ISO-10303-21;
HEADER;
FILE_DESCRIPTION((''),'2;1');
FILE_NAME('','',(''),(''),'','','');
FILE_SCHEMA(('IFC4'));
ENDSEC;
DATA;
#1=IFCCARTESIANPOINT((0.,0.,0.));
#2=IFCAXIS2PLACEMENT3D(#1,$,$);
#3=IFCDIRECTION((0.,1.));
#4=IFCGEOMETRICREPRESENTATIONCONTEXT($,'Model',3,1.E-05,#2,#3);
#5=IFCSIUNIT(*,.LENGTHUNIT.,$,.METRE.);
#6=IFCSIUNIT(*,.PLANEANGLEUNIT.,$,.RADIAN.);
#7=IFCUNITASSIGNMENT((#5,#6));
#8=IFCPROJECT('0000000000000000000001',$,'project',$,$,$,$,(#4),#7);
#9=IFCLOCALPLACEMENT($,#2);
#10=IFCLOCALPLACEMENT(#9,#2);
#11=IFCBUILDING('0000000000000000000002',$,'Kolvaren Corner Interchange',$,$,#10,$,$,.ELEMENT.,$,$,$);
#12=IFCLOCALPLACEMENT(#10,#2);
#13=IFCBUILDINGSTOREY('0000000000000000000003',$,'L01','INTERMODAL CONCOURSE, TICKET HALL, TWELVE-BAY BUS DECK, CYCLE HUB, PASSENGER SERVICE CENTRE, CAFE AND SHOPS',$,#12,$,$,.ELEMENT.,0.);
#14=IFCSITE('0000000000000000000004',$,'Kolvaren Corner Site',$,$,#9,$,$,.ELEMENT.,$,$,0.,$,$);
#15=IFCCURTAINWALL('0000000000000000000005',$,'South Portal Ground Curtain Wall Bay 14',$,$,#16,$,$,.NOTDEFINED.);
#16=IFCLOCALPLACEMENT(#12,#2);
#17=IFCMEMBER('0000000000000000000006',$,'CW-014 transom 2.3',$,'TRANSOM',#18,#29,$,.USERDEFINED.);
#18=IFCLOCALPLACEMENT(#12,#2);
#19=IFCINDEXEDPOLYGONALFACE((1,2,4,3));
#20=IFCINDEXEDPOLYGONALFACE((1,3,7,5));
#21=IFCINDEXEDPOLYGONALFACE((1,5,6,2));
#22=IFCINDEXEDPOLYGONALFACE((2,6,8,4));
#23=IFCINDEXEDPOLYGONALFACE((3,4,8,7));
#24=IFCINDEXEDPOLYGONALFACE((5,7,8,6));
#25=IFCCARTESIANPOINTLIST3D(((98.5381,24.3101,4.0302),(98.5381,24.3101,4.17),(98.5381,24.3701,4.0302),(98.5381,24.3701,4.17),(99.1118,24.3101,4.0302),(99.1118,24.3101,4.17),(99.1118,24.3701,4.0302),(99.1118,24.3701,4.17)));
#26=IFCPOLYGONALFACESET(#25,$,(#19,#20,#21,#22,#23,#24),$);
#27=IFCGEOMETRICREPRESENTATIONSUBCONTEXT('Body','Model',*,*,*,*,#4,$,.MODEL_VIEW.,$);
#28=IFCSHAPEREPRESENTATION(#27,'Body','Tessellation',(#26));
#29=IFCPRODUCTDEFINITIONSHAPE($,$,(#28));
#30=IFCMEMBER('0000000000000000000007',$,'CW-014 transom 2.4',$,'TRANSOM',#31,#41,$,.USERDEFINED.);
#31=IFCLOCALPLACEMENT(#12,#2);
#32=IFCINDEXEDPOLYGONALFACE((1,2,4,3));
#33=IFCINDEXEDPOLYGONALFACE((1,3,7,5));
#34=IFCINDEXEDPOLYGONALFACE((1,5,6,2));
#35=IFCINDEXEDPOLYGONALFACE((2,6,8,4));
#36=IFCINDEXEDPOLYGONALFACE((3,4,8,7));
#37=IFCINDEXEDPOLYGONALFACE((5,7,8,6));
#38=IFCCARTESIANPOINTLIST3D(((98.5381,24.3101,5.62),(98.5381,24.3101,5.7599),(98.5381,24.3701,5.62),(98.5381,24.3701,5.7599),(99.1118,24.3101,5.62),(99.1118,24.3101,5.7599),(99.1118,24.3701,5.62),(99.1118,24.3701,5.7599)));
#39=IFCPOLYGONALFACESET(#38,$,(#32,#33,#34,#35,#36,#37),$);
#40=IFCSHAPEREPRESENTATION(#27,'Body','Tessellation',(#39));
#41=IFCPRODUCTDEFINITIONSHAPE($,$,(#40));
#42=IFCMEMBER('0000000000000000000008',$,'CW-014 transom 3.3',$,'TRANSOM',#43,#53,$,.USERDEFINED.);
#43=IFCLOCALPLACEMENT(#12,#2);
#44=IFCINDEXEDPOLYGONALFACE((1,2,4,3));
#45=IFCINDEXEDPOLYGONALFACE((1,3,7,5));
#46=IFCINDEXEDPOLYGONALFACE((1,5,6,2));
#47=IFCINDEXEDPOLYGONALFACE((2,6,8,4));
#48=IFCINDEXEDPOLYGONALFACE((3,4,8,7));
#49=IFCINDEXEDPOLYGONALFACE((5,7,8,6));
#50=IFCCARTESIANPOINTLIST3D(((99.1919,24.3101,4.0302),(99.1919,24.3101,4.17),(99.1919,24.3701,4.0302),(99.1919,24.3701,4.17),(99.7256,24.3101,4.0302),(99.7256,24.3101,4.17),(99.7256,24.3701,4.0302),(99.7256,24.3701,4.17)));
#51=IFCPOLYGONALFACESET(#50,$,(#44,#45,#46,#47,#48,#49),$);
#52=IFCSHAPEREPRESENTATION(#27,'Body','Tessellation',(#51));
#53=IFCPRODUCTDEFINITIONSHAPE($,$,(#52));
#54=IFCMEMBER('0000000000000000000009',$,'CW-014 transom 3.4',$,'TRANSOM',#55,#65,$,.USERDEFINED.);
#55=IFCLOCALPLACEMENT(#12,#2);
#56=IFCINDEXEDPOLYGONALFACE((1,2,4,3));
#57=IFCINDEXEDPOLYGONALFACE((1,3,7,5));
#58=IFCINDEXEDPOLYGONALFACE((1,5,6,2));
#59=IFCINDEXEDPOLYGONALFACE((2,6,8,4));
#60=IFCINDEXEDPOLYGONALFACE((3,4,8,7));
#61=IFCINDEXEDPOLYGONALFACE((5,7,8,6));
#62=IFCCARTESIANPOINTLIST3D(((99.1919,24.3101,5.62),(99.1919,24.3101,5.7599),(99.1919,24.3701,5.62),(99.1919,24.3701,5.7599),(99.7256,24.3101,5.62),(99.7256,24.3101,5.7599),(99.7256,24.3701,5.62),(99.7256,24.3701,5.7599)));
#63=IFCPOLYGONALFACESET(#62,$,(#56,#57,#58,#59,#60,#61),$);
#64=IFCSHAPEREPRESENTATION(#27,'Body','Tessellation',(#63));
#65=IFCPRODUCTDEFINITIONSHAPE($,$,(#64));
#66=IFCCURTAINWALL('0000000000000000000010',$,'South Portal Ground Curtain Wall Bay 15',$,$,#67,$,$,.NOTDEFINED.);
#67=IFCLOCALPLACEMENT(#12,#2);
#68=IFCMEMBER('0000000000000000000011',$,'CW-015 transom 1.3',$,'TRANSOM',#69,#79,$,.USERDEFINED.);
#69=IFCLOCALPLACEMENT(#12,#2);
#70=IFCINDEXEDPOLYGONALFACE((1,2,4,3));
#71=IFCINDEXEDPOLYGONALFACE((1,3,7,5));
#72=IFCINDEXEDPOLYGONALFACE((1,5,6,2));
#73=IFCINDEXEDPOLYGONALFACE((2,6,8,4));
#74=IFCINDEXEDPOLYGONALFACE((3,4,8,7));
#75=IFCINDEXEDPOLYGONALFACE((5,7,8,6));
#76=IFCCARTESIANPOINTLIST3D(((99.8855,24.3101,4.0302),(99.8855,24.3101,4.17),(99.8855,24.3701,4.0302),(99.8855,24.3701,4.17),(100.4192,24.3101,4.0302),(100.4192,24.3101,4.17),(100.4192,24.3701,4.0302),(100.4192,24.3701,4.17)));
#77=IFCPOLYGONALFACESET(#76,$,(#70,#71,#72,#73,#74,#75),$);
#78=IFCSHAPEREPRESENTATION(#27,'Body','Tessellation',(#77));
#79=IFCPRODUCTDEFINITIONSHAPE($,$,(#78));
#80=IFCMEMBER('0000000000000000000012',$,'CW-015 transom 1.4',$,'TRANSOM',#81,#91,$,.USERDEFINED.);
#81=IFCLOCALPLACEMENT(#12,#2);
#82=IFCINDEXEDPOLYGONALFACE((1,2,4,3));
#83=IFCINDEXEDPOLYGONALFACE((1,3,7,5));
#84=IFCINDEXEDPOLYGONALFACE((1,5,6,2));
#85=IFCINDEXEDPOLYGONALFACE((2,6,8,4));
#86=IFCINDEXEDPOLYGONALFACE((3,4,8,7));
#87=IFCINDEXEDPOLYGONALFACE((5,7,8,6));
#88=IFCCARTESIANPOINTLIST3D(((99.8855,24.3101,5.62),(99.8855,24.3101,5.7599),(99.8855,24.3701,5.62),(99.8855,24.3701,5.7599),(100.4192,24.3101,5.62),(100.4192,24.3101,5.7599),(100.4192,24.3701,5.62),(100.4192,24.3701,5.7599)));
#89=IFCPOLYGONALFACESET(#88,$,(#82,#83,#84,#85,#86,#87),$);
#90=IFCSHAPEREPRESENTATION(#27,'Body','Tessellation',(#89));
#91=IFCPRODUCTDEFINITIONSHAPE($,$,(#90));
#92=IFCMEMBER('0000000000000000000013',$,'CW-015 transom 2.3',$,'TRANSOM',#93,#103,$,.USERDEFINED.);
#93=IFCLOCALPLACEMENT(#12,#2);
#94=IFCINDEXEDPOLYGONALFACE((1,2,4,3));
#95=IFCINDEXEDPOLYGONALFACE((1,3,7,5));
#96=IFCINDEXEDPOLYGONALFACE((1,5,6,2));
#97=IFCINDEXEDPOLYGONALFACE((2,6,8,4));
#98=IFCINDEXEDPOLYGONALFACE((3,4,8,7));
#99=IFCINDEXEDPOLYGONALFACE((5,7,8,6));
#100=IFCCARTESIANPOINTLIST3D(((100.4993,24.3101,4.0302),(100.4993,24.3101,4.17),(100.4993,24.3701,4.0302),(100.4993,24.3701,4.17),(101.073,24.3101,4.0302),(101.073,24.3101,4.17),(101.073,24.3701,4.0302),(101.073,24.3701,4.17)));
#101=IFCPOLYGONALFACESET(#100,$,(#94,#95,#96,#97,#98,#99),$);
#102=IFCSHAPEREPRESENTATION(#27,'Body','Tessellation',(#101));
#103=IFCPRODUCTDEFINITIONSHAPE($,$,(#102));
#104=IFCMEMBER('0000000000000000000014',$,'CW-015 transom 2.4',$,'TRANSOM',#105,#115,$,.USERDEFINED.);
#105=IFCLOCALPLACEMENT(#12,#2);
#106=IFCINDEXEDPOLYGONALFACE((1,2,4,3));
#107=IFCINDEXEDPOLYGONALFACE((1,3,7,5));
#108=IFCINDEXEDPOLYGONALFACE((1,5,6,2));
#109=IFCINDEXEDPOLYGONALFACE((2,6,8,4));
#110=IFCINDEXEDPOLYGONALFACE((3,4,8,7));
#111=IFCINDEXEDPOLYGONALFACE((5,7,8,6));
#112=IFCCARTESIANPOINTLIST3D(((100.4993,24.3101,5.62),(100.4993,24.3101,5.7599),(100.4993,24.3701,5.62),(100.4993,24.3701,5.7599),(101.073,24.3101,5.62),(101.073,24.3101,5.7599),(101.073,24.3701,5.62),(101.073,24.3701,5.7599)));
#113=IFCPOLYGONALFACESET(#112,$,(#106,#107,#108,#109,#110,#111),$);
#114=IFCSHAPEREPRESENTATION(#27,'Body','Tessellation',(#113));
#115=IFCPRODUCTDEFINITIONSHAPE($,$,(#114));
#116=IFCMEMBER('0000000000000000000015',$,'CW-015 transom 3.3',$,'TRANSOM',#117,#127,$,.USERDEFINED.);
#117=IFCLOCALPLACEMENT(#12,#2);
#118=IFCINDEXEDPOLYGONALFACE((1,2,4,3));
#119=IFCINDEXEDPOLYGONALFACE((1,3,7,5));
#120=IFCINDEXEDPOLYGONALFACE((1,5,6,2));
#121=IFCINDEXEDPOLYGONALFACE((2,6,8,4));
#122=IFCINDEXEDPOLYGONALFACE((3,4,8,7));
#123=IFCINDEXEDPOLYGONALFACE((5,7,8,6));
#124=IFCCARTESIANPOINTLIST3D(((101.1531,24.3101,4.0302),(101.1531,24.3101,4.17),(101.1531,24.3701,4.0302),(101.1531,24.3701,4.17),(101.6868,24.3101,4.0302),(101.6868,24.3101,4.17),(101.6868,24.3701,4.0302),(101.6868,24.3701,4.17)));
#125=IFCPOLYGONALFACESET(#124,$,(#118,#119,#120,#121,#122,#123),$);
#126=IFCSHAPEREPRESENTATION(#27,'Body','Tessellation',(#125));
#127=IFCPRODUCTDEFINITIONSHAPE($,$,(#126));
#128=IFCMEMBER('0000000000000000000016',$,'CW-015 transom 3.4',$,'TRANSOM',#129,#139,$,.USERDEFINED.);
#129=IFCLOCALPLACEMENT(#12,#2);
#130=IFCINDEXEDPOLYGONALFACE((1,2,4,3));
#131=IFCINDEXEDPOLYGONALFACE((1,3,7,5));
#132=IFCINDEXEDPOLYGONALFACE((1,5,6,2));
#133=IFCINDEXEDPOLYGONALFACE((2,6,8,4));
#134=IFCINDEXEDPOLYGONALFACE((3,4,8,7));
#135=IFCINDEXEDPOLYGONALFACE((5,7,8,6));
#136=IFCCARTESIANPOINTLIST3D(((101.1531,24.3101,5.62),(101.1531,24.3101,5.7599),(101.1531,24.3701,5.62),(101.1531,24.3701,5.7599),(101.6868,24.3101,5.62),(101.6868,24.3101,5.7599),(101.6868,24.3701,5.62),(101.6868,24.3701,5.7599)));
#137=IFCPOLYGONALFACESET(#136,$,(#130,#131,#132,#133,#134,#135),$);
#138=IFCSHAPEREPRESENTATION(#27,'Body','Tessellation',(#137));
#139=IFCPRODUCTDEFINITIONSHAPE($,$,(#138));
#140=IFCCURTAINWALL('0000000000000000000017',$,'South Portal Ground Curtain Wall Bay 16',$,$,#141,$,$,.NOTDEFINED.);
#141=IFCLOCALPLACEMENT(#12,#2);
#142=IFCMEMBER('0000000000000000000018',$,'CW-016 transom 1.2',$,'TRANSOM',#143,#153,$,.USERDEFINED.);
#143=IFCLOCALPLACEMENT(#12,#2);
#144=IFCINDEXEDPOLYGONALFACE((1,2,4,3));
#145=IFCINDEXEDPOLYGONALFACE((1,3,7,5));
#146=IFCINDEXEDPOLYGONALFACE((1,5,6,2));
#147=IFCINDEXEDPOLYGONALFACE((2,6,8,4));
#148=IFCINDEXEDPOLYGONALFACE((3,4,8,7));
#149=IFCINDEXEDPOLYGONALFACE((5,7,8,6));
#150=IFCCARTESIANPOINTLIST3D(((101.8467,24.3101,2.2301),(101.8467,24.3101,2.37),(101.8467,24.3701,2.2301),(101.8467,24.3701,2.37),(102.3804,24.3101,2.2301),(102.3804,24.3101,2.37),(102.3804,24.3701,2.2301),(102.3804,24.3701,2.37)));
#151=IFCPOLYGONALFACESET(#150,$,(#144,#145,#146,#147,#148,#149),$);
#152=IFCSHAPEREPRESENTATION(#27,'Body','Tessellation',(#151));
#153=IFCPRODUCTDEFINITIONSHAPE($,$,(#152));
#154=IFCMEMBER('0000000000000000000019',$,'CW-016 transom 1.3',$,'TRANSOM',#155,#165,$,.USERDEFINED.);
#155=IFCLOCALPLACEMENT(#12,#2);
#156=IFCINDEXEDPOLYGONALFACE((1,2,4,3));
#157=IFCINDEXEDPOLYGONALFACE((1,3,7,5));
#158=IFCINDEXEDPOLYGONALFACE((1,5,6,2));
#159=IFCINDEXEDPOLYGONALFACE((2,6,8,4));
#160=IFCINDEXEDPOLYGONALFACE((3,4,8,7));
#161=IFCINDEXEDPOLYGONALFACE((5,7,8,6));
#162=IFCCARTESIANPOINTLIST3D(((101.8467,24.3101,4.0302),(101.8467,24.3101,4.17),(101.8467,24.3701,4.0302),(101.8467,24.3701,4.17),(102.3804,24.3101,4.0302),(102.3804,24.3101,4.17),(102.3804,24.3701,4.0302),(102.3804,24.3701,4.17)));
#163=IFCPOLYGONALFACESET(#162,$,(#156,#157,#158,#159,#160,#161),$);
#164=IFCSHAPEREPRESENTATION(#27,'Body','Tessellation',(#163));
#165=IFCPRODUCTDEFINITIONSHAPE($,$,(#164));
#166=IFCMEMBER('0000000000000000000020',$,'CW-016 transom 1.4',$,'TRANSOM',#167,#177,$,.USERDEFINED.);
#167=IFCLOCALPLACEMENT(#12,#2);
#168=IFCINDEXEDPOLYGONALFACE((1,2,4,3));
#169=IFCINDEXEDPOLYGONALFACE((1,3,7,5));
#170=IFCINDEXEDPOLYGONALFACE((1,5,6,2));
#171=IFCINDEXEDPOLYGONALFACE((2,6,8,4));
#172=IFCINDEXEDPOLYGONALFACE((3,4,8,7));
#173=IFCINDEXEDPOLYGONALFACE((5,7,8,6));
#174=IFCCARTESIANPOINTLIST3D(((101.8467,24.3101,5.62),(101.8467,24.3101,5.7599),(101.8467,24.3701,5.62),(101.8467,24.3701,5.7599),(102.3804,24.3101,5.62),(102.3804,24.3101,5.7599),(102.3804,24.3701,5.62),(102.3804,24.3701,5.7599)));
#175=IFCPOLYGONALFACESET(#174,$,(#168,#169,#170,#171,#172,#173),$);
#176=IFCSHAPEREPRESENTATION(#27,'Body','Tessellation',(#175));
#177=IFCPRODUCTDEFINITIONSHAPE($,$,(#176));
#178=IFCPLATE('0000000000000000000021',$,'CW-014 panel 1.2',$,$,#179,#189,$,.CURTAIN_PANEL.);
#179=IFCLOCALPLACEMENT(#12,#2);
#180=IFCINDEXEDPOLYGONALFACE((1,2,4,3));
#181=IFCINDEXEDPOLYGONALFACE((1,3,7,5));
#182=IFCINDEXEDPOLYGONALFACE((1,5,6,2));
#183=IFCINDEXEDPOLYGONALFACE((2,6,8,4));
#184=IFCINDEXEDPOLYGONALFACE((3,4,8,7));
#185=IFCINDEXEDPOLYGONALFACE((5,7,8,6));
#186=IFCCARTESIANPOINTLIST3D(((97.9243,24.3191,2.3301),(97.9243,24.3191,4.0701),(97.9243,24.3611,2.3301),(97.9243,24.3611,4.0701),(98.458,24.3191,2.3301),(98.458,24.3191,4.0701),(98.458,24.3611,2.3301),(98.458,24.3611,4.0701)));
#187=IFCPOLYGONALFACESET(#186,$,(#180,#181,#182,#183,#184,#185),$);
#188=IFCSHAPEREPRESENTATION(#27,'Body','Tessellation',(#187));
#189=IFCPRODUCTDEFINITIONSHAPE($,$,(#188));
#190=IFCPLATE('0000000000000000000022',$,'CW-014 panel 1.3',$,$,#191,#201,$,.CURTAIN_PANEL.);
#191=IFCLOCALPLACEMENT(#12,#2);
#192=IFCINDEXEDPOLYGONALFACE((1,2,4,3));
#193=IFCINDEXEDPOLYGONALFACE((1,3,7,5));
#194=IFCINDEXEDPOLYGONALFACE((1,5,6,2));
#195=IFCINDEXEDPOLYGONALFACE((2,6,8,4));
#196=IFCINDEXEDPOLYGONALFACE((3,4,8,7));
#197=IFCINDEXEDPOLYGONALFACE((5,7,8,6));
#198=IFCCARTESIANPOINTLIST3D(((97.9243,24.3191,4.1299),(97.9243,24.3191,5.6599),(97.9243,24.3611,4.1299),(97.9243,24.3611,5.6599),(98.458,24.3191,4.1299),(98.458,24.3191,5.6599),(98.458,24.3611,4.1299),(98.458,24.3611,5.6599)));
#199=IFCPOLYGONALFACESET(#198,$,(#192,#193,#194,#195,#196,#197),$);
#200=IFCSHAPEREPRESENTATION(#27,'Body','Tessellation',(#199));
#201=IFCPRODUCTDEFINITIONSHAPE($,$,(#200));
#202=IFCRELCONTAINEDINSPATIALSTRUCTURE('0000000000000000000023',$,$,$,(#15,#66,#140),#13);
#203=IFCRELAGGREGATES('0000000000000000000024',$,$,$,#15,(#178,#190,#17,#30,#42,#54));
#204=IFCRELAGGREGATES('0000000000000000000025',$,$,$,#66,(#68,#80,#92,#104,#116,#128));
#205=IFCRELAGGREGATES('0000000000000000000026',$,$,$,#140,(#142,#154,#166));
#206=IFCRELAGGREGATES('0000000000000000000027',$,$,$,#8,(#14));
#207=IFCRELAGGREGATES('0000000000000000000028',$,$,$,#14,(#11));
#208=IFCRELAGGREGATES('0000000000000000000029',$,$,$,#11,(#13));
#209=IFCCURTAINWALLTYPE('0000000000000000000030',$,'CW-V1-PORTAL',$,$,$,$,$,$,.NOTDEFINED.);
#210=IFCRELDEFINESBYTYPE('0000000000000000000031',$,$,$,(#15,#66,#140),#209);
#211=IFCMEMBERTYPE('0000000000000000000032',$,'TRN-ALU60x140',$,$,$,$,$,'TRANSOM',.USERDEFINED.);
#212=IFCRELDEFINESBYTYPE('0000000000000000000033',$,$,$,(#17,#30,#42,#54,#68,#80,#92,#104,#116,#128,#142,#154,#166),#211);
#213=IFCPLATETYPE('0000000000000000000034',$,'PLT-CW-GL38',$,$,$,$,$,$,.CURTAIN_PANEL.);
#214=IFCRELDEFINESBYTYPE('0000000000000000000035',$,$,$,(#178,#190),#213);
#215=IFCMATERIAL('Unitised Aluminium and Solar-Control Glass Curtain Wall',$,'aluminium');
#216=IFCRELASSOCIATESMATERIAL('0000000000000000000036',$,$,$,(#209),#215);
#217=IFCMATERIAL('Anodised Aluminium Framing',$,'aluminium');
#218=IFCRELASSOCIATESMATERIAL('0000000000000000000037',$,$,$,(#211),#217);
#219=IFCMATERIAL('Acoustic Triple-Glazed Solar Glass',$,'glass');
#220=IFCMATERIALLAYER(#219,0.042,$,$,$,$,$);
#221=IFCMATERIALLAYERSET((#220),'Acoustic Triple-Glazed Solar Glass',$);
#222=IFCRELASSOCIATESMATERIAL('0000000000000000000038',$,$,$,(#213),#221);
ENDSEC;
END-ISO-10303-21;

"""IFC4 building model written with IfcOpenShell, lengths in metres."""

from ifc_helpers import new_model, si_unit, direction, frame, origin, origin_2d, place, context, subcontext, project, spatial, rectangle, extrude, material, layer, layer_set, material_profile, profile_set, type_object, element, aggregate, save


model = new_model("IFC4")

# Units and contexts
model_context = context("Model", 3, precision=1e-05, world=origin(), true_north=direction((0.0, 1.0)))
body_context = subcontext(model_context, "Body", "Model", "MODEL_VIEW")
ifc_project = project(units=[si_unit("LENGTHUNIT", "METRE"), si_unit("PLANEANGLEUNIT", "RADIAN")], contexts=[model_context])

# Site, building, storey
site_placement = place(None, origin())
site = spatial("IfcSite", under=ifc_project, at=site_placement, Name="Kolvaren Corner Site", CompositionType="ELEMENT", RefElevation=0.0)
building_placement = place(site_placement, origin())
building = spatial("IfcBuilding", under=site, at=building_placement, Name="Kolvaren Corner Interchange", CompositionType="ELEMENT")
storey_placement = place(building_placement, origin())
storey = spatial("IfcBuildingStorey", under=building, at=storey_placement, Name="L01", Description="INTERMODAL CONCOURSE, TICKET HALL, TWELVE-BAY BUS DECK, CYCLE HUB, PASSENGER SERVICE CENTRE, CAFE AND SHOPS", CompositionType="ELEMENT", Elevation=0.0)

# Curtain walls, members
ifc_material_1 = material(Name="Unitised Aluminium and Solar-Control Glass Curtain Wall", Category="aluminium")
curtain_wall_type = type_object("IfcCurtainWallType", Name="CW-V1-PORTAL", PredefinedType="NOTDEFINED", material=ifc_material_1)
curtain_wall_1_placement = place(storey_placement, origin())
curtain_wall_1 = element("IfcCurtainWall", 1, at=curtain_wall_1_placement, inside=storey, type_object=curtain_wall_type, Name="South Portal Ground Curtain Wall Bay 14", PredefinedType="NOTDEFINED")
ifc_material_2 = material(Name="Anodised Aluminium Framing", Category="aluminium")
ifc_material_profile = material_profile(ifc_material_2, rectangle(XDim=0.0601, YDim=0.1399, at=origin_2d()), Name="ALU 60x140")
ifc_profile_set = profile_set([ifc_material_profile], Name="Anodised Aluminium Framing")
member_type = type_object("IfcMemberType", Name="TRN-ALU60x140", ElementType="TRANSOM", PredefinedType="USERDEFINED", material=ifc_profile_set)
member_1_placement = place(storey_placement, frame((98.5381, 24.3401, 4.1001), z_axis=(1.0, 0.0, 0.0), x_axis=(0.0, 1.0, 0.0)))
member_1 = element("IfcMember", 2, at=member_1_placement, type_object=member_type, Name="CW-014 transom 2.3", ObjectType="TRANSOM", PredefinedType="USERDEFINED", context=body_context, shape_type="SweptSolid", body=[
    extrude(rectangle(XDim=0.0601, YDim=0.1399, at=origin_2d()), origin(), (0.0, 0.0, 1.0), 0.5737),
])
member_2_placement = place(storey_placement, frame((98.5381, 24.3401, 5.6899), z_axis=(1.0, 0.0, 0.0), x_axis=(0.0, 1.0, 0.0)))
member_2 = element("IfcMember", 3, at=member_2_placement, type_object=member_type, Name="CW-014 transom 2.4", ObjectType="TRANSOM", PredefinedType="USERDEFINED", context=body_context, shape_type="SweptSolid", body=[
    extrude(rectangle(XDim=0.0601, YDim=0.1399, at=origin_2d()), origin(), (0.0, 0.0, 1.0), 0.5737),
])
member_3_placement = place(storey_placement, frame((99.1919, 24.3401, 4.1001), z_axis=(1.0, 0.0, 0.0), x_axis=(0.0, 1.0, 0.0)))
member_3 = element("IfcMember", 4, at=member_3_placement, type_object=member_type, Name="CW-014 transom 3.3", ObjectType="TRANSOM", PredefinedType="USERDEFINED", context=body_context, shape_type="SweptSolid", body=[
    extrude(rectangle(XDim=0.0601, YDim=0.1399, at=origin_2d()), origin(), (0.0, 0.0, 1.0), 0.5337),
])
member_4_placement = place(storey_placement, frame((99.1919, 24.3401, 5.6899), z_axis=(1.0, 0.0, 0.0), x_axis=(0.0, 1.0, 0.0)))
member_4 = element("IfcMember", 5, at=member_4_placement, type_object=member_type, Name="CW-014 transom 3.4", ObjectType="TRANSOM", PredefinedType="USERDEFINED", context=body_context, shape_type="SweptSolid", body=[
    extrude(rectangle(XDim=0.0601, YDim=0.1399, at=origin_2d()), origin(), (0.0, 0.0, 1.0), 0.5337),
])
curtain_wall_2_placement = place(storey_placement, origin())
curtain_wall_2 = element("IfcCurtainWall", 6, at=curtain_wall_2_placement, inside=storey, type_object=curtain_wall_type, Name="South Portal Ground Curtain Wall Bay 15", PredefinedType="NOTDEFINED")
member_5_placement = place(storey_placement, frame((99.8855, 24.3401, 4.1001), z_axis=(1.0, 0.0, 0.0), x_axis=(0.0, 1.0, 0.0)))
member_5 = element("IfcMember", 7, at=member_5_placement, type_object=member_type, Name="CW-015 transom 1.3", ObjectType="TRANSOM", PredefinedType="USERDEFINED", context=body_context, shape_type="SweptSolid", body=[
    extrude(rectangle(XDim=0.0601, YDim=0.1399, at=origin_2d()), origin(), (0.0, 0.0, 1.0), 0.5337),
])
member_6_placement = place(storey_placement, frame((99.8855, 24.3401, 5.6899), z_axis=(1.0, 0.0, 0.0), x_axis=(0.0, 1.0, 0.0)))
member_6 = element("IfcMember", 8, at=member_6_placement, type_object=member_type, Name="CW-015 transom 1.4", ObjectType="TRANSOM", PredefinedType="USERDEFINED", context=body_context, shape_type="SweptSolid", body=[
    extrude(rectangle(XDim=0.0601, YDim=0.1399, at=origin_2d()), origin(), (0.0, 0.0, 1.0), 0.5337),
])
member_7_placement = place(storey_placement, frame((100.4993, 24.3401, 4.1001), z_axis=(1.0, 0.0, 0.0), x_axis=(0.0, 1.0, 0.0)))
member_7 = element("IfcMember", 9, at=member_7_placement, type_object=member_type, Name="CW-015 transom 2.3", ObjectType="TRANSOM", PredefinedType="USERDEFINED", context=body_context, shape_type="SweptSolid", body=[
    extrude(rectangle(XDim=0.0601, YDim=0.1399, at=origin_2d()), origin(), (0.0, 0.0, 1.0), 0.5737),
])
member_8_placement = place(storey_placement, frame((100.4993, 24.3401, 5.6899), z_axis=(1.0, 0.0, 0.0), x_axis=(0.0, 1.0, 0.0)))
member_8 = element("IfcMember", 10, at=member_8_placement, type_object=member_type, Name="CW-015 transom 2.4", ObjectType="TRANSOM", PredefinedType="USERDEFINED", context=body_context, shape_type="SweptSolid", body=[
    extrude(rectangle(XDim=0.0601, YDim=0.1399, at=origin_2d()), origin(), (0.0, 0.0, 1.0), 0.5737),
])
member_9_placement = place(storey_placement, frame((101.1531, 24.3401, 4.1001), z_axis=(1.0, 0.0, 0.0), x_axis=(0.0, 1.0, 0.0)))
member_9 = element("IfcMember", 11, at=member_9_placement, type_object=member_type, Name="CW-015 transom 3.3", ObjectType="TRANSOM", PredefinedType="USERDEFINED", context=body_context, shape_type="SweptSolid", body=[
    extrude(rectangle(XDim=0.0601, YDim=0.1399, at=origin_2d()), origin(), (0.0, 0.0, 1.0), 0.5337),
])
member_10_placement = place(storey_placement, frame((101.1531, 24.3401, 5.6899), z_axis=(1.0, 0.0, 0.0), x_axis=(0.0, 1.0, 0.0)))
member_10 = element("IfcMember", 12, at=member_10_placement, type_object=member_type, Name="CW-015 transom 3.4", ObjectType="TRANSOM", PredefinedType="USERDEFINED", context=body_context, shape_type="SweptSolid", body=[
    extrude(rectangle(XDim=0.0601, YDim=0.1399, at=origin_2d()), origin(), (0.0, 0.0, 1.0), 0.5337),
])
curtain_wall_3_placement = place(storey_placement, origin())
curtain_wall_3 = element("IfcCurtainWall", 13, at=curtain_wall_3_placement, inside=storey, type_object=curtain_wall_type, Name="South Portal Ground Curtain Wall Bay 16", PredefinedType="NOTDEFINED")
member_11_placement = place(storey_placement, frame((101.8467, 24.3401, 2.3), z_axis=(1.0, 0.0, 0.0), x_axis=(0.0, 1.0, 0.0)))
member_11 = element("IfcMember", 14, at=member_11_placement, type_object=member_type, Name="CW-016 transom 1.2", ObjectType="TRANSOM", PredefinedType="USERDEFINED", context=body_context, shape_type="SweptSolid", body=[
    extrude(rectangle(XDim=0.0601, YDim=0.1399, at=origin_2d()), origin(), (0.0, 0.0, 1.0), 0.5337),
])
member_12_placement = place(storey_placement, frame((101.8467, 24.3401, 4.1001), z_axis=(1.0, 0.0, 0.0), x_axis=(0.0, 1.0, 0.0)))
member_12 = element("IfcMember", 15, at=member_12_placement, type_object=member_type, Name="CW-016 transom 1.3", ObjectType="TRANSOM", PredefinedType="USERDEFINED", context=body_context, shape_type="SweptSolid", body=[
    extrude(rectangle(XDim=0.0601, YDim=0.1399, at=origin_2d()), origin(), (0.0, 0.0, 1.0), 0.5337),
])
member_13_placement = place(storey_placement, frame((101.8467, 24.3401, 5.6899), z_axis=(1.0, 0.0, 0.0), x_axis=(0.0, 1.0, 0.0)))
member_13 = element("IfcMember", 16, at=member_13_placement, type_object=member_type, Name="CW-016 transom 1.4", ObjectType="TRANSOM", PredefinedType="USERDEFINED", context=body_context, shape_type="SweptSolid", body=[
    extrude(rectangle(XDim=0.0601, YDim=0.1399, at=origin_2d()), origin(), (0.0, 0.0, 1.0), 0.5337),
])

# Plates
ifc_material_3 = material(Name="Acoustic Triple-Glazed Solar Glass", Category="glass")
ifc_layer = layer(ifc_material_3, 0.042)
ifc_layer_set = layer_set([ifc_layer], Name="Acoustic Triple-Glazed Solar Glass")
plate_type = type_object("IfcPlateType", Name="PLT-CW-GL38", PredefinedType="CURTAIN_PANEL", material=ifc_layer_set)
plate_1_placement = place(storey_placement, frame((98.1912, 24.3401, 2.3301), z_axis=(0.0, 0.0, 1.0), x_axis=(1.0, 0.0, 0.0)))
plate_1 = element("IfcPlate", 17, at=plate_1_placement, type_object=plate_type, Name="CW-014 panel 1.2", PredefinedType="CURTAIN_PANEL", context=body_context, shape_type="SweptSolid", body=[
    extrude(rectangle(XDim=0.5337, YDim=0.042, at=origin_2d()), origin(), (0.0, 0.0, 1.0), 1.74),
])
plate_2_placement = place(storey_placement, frame((98.1912, 24.3401, 4.1299), z_axis=(0.0, 0.0, 1.0), x_axis=(1.0, 0.0, 0.0)))
plate_2 = element("IfcPlate", 18, at=plate_2_placement, type_object=plate_type, Name="CW-014 panel 1.3", PredefinedType="CURTAIN_PANEL", context=body_context, shape_type="SweptSolid", body=[
    extrude(rectangle(XDim=0.5337, YDim=0.042, at=origin_2d()), origin(), (0.0, 0.0, 1.0), 1.53),
])
aggregate(curtain_wall_1, [plate_1, plate_2, member_1, member_2, member_3, member_4])
aggregate(curtain_wall_2, [member_5, member_6, member_7, member_8, member_9, member_10])
aggregate(curtain_wall_3, [member_11, member_12, member_13])

save(model, "model.ifc")
